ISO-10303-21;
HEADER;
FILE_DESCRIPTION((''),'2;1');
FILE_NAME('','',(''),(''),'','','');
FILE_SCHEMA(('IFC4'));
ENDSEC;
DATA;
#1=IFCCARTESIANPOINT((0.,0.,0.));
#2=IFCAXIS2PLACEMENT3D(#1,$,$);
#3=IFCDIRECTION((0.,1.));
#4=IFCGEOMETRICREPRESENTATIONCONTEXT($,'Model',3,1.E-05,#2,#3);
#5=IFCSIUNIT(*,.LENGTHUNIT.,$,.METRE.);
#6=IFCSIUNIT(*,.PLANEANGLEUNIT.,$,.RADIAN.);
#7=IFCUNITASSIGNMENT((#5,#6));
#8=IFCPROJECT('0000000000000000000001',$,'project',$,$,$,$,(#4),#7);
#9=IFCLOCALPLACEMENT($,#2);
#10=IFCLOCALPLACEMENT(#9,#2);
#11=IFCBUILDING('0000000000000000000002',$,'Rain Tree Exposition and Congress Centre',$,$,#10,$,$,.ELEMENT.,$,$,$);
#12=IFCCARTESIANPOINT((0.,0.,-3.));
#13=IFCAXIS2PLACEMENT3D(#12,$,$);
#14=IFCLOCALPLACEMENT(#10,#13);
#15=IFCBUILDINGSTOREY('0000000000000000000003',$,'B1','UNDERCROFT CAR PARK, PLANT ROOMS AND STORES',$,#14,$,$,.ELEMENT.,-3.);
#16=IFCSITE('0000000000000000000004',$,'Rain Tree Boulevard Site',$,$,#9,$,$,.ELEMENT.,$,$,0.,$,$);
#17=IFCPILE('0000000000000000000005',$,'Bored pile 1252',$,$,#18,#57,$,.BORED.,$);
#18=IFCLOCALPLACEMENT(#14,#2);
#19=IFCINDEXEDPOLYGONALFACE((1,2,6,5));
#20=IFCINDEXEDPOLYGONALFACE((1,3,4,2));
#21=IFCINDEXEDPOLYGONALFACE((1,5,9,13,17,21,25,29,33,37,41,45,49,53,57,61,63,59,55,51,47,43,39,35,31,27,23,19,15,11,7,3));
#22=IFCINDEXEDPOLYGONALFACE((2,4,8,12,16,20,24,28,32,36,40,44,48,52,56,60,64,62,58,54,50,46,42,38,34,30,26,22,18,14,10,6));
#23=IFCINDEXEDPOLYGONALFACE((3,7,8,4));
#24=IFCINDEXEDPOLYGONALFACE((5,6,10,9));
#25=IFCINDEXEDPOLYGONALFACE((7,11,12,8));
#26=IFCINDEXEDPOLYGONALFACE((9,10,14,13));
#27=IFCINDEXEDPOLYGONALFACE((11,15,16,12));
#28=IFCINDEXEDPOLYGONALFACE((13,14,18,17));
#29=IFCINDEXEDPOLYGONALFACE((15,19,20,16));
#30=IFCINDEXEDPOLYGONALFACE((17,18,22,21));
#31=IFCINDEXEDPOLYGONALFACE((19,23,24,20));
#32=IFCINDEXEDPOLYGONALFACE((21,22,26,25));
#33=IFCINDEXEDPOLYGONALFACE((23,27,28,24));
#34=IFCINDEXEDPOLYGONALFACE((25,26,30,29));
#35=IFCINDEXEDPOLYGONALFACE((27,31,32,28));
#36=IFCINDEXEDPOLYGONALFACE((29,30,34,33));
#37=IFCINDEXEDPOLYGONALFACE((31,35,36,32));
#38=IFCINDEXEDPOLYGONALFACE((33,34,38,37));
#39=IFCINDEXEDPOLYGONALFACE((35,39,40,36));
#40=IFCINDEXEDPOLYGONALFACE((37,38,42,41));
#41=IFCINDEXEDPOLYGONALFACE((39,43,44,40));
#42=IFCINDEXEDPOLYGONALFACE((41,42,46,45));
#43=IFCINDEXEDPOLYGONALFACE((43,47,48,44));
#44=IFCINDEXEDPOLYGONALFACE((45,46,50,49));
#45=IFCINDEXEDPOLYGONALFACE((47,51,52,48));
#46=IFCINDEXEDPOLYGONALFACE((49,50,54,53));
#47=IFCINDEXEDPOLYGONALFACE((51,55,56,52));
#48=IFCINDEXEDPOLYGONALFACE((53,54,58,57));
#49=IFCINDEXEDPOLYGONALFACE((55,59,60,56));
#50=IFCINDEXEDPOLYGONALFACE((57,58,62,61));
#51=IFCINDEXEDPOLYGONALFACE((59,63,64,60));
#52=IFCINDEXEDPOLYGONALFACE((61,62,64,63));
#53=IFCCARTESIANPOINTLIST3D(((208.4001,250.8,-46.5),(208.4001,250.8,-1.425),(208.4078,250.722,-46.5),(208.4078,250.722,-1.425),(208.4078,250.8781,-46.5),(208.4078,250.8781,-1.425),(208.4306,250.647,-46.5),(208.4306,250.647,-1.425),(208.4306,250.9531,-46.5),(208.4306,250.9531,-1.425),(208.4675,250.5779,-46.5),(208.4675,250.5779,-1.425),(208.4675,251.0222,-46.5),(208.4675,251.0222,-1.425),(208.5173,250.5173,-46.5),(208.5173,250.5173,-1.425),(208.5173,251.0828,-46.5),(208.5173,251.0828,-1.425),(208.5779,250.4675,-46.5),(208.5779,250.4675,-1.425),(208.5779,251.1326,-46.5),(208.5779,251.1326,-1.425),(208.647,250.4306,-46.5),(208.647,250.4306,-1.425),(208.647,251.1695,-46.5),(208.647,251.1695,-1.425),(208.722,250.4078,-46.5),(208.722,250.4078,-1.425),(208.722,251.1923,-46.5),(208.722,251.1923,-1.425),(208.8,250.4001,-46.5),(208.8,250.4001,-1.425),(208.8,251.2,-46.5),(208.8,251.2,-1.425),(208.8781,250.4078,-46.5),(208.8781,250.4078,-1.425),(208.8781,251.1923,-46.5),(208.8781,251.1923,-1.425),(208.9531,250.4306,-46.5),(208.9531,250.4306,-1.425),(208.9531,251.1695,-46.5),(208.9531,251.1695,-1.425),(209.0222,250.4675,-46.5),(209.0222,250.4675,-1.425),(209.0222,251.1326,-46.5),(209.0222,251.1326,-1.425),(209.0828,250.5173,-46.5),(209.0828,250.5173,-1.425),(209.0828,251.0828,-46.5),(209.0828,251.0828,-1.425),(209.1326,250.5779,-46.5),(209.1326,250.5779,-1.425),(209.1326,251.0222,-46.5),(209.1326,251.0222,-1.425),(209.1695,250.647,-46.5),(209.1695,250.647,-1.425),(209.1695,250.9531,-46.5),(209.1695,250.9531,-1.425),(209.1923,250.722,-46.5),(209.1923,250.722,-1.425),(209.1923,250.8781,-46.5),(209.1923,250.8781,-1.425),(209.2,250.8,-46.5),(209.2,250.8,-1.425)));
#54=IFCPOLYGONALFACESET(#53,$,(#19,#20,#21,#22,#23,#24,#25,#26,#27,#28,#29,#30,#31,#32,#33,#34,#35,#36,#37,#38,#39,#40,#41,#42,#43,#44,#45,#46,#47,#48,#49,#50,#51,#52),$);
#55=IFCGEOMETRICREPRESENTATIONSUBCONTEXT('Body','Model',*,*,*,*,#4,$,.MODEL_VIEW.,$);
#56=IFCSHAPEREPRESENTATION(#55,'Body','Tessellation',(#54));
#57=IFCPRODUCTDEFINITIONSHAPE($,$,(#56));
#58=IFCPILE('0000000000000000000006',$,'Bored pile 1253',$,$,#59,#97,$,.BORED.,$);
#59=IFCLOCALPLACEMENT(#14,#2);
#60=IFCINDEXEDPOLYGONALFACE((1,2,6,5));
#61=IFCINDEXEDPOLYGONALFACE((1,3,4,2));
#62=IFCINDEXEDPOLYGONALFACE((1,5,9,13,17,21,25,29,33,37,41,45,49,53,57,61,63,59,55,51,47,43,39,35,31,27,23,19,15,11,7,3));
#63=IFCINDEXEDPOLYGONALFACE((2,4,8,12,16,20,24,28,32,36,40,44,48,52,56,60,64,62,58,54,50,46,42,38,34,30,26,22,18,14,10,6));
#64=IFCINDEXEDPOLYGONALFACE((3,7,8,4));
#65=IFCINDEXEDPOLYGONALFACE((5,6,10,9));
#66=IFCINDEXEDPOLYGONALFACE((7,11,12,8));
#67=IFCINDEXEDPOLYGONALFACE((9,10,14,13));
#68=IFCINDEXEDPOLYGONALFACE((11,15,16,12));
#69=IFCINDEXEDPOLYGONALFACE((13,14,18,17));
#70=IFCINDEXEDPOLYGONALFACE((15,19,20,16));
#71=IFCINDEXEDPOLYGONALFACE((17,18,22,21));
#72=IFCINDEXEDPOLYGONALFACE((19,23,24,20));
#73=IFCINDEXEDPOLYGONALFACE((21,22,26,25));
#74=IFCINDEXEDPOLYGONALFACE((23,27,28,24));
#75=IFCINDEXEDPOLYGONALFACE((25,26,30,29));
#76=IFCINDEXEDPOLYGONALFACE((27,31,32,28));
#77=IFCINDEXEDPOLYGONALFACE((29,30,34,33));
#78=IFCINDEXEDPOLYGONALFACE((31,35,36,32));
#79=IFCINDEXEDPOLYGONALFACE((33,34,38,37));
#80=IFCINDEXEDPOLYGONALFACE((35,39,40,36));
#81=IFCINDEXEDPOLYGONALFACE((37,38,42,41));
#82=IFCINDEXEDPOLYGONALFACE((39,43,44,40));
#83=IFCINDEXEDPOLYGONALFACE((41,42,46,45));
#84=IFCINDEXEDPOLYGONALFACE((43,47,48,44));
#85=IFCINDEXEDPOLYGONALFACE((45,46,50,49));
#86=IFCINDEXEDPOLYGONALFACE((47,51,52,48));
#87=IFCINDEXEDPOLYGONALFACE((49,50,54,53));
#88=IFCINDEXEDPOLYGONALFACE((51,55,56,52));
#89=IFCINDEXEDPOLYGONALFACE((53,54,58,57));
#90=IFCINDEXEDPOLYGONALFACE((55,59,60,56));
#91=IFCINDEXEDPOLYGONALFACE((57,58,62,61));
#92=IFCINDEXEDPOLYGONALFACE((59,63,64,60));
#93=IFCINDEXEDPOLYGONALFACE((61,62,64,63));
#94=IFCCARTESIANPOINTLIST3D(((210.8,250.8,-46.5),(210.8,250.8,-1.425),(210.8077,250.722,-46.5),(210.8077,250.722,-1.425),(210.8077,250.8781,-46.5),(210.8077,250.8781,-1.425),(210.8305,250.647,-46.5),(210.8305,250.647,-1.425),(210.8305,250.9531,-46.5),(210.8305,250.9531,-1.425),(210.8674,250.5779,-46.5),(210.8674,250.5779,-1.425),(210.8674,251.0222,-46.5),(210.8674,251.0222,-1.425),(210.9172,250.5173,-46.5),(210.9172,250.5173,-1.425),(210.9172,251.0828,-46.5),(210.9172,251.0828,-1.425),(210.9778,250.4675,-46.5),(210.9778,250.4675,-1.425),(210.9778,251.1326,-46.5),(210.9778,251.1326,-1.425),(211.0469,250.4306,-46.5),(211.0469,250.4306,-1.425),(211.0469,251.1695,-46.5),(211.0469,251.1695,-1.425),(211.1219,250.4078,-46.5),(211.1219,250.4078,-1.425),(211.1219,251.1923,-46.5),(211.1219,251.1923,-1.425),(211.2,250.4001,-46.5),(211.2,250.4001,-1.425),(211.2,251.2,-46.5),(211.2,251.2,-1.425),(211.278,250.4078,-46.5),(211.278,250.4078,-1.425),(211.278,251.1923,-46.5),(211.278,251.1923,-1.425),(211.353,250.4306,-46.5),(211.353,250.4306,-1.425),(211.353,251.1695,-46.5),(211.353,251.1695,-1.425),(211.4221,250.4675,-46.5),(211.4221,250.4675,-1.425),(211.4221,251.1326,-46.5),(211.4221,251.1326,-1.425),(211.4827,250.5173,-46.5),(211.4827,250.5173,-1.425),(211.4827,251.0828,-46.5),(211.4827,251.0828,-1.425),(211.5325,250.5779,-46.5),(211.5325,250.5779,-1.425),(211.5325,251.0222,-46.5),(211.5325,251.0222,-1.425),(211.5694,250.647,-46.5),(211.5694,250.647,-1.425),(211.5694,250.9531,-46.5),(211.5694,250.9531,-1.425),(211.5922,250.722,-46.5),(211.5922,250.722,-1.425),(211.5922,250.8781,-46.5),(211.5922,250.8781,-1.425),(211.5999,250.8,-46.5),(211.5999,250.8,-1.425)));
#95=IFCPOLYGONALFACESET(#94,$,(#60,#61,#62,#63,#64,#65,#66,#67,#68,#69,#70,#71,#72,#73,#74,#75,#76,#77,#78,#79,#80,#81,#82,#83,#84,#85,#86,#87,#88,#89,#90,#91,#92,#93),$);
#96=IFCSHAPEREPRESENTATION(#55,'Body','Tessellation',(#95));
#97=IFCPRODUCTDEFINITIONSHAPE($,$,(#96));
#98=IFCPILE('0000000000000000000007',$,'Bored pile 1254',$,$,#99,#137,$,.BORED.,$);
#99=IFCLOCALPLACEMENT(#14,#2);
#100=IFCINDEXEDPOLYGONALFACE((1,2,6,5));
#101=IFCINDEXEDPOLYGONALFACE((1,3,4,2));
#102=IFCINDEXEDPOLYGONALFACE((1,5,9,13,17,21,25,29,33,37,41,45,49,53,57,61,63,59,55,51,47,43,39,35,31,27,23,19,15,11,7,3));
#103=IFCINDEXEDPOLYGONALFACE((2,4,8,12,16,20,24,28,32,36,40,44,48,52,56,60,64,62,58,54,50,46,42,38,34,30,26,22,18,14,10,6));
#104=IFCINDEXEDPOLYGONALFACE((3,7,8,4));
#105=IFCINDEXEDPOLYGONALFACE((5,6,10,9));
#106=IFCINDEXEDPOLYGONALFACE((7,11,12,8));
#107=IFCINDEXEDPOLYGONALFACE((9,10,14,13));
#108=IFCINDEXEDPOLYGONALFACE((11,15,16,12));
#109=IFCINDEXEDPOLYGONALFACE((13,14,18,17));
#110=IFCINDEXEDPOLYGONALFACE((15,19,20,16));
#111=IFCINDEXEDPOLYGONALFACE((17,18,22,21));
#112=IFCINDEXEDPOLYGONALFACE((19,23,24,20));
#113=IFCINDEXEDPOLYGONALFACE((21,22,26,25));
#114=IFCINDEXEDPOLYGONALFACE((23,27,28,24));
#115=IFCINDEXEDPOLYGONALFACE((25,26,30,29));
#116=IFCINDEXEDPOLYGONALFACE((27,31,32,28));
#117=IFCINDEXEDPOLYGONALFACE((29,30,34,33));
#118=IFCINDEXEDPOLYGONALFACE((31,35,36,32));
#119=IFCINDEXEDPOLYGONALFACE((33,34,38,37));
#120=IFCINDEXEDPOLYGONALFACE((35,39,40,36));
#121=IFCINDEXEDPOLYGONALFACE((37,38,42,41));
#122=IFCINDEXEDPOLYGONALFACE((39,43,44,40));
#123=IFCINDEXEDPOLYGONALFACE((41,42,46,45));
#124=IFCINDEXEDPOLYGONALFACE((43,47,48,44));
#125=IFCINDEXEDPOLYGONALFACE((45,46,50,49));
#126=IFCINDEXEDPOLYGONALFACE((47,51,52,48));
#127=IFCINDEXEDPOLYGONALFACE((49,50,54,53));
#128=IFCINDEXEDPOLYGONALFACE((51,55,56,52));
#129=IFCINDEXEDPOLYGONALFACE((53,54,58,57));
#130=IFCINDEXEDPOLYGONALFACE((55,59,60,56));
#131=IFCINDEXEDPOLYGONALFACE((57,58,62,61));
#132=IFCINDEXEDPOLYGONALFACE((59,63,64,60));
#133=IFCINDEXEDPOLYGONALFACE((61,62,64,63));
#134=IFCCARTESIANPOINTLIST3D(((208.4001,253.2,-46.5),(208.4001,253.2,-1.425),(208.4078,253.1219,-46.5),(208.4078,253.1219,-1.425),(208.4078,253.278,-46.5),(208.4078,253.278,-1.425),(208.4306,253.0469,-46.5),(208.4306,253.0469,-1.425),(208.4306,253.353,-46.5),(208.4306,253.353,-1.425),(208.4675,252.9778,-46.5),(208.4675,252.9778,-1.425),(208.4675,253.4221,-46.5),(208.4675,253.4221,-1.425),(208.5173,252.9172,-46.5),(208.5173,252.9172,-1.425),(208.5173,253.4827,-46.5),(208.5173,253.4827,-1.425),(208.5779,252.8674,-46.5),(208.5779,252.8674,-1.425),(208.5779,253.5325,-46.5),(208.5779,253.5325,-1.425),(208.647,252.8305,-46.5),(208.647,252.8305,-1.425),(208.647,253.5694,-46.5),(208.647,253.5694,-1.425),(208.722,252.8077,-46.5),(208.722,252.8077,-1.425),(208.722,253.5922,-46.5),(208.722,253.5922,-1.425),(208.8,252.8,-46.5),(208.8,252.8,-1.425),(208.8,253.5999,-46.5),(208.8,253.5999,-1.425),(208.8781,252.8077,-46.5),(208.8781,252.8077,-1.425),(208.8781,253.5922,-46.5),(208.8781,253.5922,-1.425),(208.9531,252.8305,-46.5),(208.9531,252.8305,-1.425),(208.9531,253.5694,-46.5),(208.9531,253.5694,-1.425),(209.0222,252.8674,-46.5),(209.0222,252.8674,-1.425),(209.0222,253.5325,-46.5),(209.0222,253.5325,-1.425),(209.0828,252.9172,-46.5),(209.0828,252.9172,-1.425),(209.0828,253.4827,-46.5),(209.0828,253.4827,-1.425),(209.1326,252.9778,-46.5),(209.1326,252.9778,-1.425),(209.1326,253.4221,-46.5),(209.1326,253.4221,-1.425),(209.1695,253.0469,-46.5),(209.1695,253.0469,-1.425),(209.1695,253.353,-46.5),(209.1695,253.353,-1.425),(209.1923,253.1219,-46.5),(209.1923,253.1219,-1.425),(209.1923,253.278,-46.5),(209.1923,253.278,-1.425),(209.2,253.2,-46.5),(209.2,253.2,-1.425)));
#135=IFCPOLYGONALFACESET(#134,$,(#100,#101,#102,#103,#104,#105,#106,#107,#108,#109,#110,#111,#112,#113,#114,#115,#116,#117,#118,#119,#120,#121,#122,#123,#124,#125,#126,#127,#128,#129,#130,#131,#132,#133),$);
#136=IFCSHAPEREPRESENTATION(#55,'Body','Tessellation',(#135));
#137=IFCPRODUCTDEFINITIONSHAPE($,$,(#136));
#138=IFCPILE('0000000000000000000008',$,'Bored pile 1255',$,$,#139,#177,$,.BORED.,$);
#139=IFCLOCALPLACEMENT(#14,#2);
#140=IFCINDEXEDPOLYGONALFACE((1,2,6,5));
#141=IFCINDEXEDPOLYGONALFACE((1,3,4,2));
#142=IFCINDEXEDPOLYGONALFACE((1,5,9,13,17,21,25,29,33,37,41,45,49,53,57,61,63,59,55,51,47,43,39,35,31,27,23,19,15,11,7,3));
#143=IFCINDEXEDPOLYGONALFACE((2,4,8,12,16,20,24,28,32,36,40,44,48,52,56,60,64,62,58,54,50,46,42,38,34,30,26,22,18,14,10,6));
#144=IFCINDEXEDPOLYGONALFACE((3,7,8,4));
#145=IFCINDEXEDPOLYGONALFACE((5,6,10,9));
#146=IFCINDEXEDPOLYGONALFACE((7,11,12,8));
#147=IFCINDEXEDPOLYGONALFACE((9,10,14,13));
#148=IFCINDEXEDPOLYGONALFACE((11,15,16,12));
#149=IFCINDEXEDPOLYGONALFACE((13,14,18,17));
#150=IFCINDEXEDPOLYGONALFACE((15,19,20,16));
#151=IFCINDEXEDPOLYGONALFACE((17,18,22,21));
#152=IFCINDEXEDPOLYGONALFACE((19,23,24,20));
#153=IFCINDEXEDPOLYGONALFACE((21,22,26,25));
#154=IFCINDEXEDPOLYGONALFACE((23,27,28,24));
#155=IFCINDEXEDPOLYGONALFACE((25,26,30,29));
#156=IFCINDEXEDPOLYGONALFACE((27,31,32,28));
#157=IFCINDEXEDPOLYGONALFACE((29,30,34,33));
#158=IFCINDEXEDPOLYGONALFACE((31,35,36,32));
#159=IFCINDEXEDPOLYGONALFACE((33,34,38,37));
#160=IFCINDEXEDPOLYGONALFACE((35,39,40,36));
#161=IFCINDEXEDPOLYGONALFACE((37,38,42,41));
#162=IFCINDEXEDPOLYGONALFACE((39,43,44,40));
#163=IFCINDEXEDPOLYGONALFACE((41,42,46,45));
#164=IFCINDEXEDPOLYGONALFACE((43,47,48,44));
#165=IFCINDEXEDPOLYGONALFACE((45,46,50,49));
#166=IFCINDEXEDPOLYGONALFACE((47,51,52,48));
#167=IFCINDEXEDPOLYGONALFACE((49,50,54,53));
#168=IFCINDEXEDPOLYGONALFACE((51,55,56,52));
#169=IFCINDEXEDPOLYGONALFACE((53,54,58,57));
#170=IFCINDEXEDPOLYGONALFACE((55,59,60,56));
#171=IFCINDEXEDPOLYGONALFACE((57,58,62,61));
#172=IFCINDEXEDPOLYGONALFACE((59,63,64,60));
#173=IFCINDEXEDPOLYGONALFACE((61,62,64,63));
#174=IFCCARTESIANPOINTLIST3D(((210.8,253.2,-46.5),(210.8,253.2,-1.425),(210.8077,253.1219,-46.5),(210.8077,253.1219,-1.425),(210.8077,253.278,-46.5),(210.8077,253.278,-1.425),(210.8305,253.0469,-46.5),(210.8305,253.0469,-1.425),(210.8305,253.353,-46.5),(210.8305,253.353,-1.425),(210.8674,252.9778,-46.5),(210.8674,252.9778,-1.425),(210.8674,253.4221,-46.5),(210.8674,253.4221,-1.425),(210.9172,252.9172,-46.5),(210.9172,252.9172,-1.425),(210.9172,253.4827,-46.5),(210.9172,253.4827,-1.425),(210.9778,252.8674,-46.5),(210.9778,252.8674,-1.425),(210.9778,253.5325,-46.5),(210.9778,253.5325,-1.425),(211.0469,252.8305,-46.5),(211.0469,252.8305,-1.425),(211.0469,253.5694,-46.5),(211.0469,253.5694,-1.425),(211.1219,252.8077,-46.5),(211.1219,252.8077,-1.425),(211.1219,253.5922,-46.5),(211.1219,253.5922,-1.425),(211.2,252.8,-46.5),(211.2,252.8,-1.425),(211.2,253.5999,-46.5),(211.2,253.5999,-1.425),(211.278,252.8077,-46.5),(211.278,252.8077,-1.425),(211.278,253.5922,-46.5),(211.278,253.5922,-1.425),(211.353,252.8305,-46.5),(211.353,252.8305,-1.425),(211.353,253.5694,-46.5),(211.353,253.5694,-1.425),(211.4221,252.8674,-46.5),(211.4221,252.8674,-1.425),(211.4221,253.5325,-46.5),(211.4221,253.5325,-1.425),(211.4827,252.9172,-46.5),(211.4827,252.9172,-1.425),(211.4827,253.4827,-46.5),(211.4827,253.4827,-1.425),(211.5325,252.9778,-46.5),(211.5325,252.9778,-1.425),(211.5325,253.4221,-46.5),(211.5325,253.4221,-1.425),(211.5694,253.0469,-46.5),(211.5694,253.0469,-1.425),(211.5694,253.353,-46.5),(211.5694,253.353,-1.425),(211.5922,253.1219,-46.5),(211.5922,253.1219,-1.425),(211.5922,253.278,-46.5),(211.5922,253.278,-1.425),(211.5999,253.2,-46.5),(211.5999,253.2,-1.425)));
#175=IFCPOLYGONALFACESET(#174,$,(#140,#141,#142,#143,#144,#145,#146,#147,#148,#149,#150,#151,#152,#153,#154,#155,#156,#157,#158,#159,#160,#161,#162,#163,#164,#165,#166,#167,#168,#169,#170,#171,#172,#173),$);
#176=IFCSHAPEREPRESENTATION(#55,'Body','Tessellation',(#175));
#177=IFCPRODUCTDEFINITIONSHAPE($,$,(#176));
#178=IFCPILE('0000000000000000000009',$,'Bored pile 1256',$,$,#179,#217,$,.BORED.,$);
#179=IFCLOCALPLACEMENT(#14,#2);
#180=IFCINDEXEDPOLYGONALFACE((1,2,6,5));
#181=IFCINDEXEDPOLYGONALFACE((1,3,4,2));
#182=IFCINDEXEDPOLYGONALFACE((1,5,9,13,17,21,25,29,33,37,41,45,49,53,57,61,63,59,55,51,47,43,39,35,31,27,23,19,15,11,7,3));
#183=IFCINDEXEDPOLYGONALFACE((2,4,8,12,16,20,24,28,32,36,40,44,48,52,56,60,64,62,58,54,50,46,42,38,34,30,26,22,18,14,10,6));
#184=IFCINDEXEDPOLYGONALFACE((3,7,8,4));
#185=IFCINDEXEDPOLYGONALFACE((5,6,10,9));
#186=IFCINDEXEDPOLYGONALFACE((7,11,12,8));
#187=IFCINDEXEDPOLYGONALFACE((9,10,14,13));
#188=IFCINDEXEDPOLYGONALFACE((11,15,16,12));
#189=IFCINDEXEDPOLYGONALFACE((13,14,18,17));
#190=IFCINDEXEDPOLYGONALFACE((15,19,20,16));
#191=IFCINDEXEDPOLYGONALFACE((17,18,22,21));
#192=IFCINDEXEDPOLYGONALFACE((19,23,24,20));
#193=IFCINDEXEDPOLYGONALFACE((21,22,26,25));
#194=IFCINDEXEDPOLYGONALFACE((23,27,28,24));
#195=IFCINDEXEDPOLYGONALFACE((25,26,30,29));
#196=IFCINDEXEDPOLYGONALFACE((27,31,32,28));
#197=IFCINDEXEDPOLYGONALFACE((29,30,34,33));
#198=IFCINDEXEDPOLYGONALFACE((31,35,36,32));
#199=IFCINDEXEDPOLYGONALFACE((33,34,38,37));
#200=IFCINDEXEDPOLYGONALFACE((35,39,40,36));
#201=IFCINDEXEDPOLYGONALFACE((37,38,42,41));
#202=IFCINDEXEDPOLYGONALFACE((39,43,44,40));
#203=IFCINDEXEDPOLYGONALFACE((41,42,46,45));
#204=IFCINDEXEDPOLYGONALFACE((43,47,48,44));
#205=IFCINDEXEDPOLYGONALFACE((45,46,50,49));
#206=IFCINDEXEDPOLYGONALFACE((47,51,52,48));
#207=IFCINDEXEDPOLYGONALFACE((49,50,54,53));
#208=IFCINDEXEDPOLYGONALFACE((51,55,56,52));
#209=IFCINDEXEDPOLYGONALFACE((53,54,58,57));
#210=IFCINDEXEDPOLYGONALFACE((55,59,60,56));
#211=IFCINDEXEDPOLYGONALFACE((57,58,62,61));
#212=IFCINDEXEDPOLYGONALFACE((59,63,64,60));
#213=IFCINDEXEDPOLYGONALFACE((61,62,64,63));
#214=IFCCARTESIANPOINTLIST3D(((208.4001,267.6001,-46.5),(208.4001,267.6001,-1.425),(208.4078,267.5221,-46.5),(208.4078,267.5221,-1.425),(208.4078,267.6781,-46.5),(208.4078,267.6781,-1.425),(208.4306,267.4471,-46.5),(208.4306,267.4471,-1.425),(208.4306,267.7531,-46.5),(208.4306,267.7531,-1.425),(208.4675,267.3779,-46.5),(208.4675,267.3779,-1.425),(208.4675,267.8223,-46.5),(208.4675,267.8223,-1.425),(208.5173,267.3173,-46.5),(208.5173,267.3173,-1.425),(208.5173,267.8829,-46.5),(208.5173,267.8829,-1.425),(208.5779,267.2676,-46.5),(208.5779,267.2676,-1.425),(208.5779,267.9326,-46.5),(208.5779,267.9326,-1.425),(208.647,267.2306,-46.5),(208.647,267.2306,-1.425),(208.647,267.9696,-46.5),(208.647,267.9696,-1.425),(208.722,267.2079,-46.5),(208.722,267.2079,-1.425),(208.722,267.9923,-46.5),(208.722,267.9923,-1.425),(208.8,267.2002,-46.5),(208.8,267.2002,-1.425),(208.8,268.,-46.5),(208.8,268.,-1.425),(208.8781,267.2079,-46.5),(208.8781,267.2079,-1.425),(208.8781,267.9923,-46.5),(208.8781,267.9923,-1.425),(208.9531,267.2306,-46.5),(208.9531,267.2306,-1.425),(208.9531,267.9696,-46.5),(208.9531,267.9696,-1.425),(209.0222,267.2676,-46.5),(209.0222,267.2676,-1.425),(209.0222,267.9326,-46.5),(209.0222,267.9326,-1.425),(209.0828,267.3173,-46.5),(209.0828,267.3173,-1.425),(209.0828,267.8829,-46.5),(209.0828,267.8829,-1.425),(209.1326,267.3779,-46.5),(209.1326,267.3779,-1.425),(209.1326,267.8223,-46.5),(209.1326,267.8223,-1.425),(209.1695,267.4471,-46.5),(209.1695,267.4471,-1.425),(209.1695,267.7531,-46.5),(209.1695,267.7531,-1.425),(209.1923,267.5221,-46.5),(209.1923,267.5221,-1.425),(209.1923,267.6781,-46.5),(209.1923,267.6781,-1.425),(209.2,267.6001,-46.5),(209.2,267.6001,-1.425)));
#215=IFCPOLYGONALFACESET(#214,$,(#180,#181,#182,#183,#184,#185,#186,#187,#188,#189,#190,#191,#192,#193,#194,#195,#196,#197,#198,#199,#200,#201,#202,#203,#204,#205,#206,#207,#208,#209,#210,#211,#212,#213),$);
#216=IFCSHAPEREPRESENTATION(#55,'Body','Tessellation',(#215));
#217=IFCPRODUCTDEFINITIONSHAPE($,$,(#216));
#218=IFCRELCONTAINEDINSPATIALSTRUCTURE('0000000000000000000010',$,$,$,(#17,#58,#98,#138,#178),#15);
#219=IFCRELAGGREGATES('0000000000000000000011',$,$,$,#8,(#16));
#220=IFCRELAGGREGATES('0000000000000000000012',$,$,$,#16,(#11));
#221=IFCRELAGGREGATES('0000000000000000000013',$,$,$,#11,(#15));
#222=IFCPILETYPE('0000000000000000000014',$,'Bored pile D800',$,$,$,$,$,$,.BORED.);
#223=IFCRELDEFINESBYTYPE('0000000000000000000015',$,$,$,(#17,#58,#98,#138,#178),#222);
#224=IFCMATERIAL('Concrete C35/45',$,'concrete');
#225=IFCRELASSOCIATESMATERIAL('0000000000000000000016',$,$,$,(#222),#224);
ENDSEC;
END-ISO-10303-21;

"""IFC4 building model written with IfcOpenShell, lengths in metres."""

from ifc_helpers import new_model, si_unit, direction, frame, origin, origin_2d, place, context, subcontext, project, spatial, circle, extrude, material, material_profile, profile_set, type_object, element, save


model = new_model("IFC4")

# Units and contexts
model_context = context("Model", 3, precision=1e-05, world=origin(), true_north=direction((0.0, 1.0)))
body_context = subcontext(model_context, "Body", "Model", "MODEL_VIEW")
ifc_project = project(units=[si_unit("LENGTHUNIT", "METRE"), si_unit("PLANEANGLEUNIT", "RADIAN")], contexts=[model_context])

# Site, building, storey
site_placement = place(None, origin())
site = spatial("IfcSite", under=ifc_project, at=site_placement, Name="Rain Tree Boulevard Site", CompositionType="ELEMENT", RefElevation=0.0)
building_placement = place(site_placement, origin())
building = spatial("IfcBuilding", under=site, at=building_placement, Name="Rain Tree Exposition and Congress Centre", CompositionType="ELEMENT")
storey_placement = place(building_placement, frame((0.0, 0.0, -3.0)))
storey = spatial("IfcBuildingStorey", under=building, at=storey_placement, Name="B1", Description="UNDERCROFT CAR PARK, PLANT ROOMS AND STORES", CompositionType="ELEMENT", Elevation=-3.0)

# Piles
ifc_material_1 = material(Name="Concrete C35/45", Category="concrete")
ifc_material_profile_1 = material_profile(ifc_material_1, circle(Radius=0.3999, at=origin_2d()), Name="D800")
ifc_profile_set_1 = profile_set([ifc_material_profile_1], Name="Concrete C35/45")
pile_type = type_object("IfcPileType", Name="Bored pile D800", PredefinedType="BORED", material=ifc_profile_set_1)
for number, where, z_axis, x_axis, name in (
    (1, (208.8, 250.8, -1.425), (0.0, 0.0, -1.0), (1.0, 0.0, 0.0), "Bored pile 1252"),
    (2, (211.2, 250.8, -1.425), (0.0, 0.0, -1.0), (1.0, 0.0, 0.0), "Bored pile 1253"),
    (3, (208.8, 253.2, -1.425), (0.0, 0.0, -1.0), (1.0, 0.0, 0.0), "Bored pile 1254"),
    (4, (211.2, 253.2, -1.425), (0.0, 0.0, -1.0), (1.0, 0.0, 0.0), "Bored pile 1255"),
    (5, (208.8, 267.6001, -1.425), (0.0, 0.0, -1.0), (1.0, 0.0, 0.0), "Bored pile 1256"),
):
    element("IfcPile", number, at=place(storey_placement, frame(where, z_axis=z_axis, x_axis=x_axis)), inside=storey, type_object=pile_type, Name=name, PredefinedType="BORED", context=body_context, shape_type="SweptSolid", body=[
        extrude(circle(Radius=0.3999, at=origin_2d()), origin(), (0.0, 0.0, 1.0), 45.075),
    ])

save(model, "model.ifc")
